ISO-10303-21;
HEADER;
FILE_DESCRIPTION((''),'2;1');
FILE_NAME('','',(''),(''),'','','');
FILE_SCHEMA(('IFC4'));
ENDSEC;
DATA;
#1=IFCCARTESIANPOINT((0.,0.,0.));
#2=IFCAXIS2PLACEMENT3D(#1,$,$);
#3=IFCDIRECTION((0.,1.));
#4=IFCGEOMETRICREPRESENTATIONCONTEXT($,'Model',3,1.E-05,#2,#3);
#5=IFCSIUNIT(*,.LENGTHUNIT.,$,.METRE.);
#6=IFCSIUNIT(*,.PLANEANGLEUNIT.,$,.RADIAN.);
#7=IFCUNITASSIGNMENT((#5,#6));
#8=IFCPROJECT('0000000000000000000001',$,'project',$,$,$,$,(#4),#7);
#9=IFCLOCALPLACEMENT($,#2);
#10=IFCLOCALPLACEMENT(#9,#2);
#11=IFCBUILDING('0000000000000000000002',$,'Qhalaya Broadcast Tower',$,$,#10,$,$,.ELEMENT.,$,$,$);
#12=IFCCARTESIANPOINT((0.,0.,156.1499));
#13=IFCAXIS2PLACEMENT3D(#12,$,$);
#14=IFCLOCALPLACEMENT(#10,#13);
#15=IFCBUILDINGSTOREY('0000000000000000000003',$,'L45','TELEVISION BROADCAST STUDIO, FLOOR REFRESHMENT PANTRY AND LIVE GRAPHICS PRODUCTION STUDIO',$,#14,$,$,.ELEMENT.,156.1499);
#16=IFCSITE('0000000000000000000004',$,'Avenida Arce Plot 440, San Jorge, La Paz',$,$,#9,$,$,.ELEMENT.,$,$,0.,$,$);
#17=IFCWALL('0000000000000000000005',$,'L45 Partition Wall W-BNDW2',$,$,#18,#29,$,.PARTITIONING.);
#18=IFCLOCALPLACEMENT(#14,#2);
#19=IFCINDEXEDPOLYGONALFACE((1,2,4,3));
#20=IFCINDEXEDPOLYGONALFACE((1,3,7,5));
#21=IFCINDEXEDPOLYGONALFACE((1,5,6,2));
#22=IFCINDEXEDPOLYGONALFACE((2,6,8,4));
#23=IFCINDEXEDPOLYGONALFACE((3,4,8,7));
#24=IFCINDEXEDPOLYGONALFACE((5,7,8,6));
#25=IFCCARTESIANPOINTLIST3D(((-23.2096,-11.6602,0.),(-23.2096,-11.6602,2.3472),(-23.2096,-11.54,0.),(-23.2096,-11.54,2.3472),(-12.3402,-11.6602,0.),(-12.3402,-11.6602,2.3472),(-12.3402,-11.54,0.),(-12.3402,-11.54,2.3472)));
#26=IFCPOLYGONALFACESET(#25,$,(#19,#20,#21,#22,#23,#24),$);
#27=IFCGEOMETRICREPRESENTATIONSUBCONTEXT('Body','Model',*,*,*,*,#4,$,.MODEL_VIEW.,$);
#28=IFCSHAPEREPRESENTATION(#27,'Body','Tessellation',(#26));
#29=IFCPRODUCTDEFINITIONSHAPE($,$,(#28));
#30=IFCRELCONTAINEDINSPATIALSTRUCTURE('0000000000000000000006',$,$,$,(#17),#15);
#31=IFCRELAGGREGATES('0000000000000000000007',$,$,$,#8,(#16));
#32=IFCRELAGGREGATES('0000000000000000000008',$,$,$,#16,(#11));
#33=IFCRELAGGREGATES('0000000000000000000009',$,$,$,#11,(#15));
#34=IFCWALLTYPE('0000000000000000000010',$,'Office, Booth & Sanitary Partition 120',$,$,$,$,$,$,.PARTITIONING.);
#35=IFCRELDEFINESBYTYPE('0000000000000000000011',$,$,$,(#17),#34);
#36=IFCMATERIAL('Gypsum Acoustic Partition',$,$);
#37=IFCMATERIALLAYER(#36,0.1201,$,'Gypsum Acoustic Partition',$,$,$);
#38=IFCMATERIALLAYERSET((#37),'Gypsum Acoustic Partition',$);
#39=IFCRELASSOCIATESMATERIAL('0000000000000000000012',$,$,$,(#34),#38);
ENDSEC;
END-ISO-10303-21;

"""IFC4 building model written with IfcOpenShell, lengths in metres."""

from ifc_helpers import new_model, si_unit, direction, frame, frame_2d, origin, place, context, subcontext, project, spatial, rectangle, extrude, material, layer, layer_set, type_object, element, save


model = new_model("IFC4")

# Units and contexts
model_context = context("Model", 3, precision=1e-05, world=origin(), true_north=direction((0.0, 1.0)))
body_context = subcontext(model_context, "Body", "Model", "MODEL_VIEW")
ifc_project = project(units=[si_unit("LENGTHUNIT", "METRE"), si_unit("PLANEANGLEUNIT", "RADIAN")], contexts=[model_context])

# Site, building, storey
site_placement = place(None, origin())
site = spatial("IfcSite", under=ifc_project, at=site_placement, Name="Avenida Arce Plot 440, San Jorge, La Paz", CompositionType="ELEMENT", RefElevation=0.0)
building_placement = place(site_placement, origin())
building = spatial("IfcBuilding", under=site, at=building_placement, Name="Qhalaya Broadcast Tower", CompositionType="ELEMENT")
storey_placement = place(building_placement, frame((0.0, 0.0, 156.1499)))
storey = spatial("IfcBuildingStorey", under=building, at=storey_placement, Name="L45", Description="TELEVISION BROADCAST STUDIO, FLOOR REFRESHMENT PANTRY AND LIVE GRAPHICS PRODUCTION STUDIO", CompositionType="ELEMENT", Elevation=156.1499)

# Wall
ifc_material_1 = material(Name="Gypsum Acoustic Partition")
ifc_layer_1 = layer(ifc_material_1, 0.1201, Name="Gypsum Acoustic Partition")
ifc_layer_set_1 = layer_set([ifc_layer_1], Name="Gypsum Acoustic Partition")
wall_type_1 = type_object("IfcWallType", Name="Office, Booth & Sanitary Partition 120", PredefinedType="PARTITIONING", material=ifc_layer_set_1)
wall_1_placement = place(storey_placement, frame((-23.2095, -11.6001, 0.0), z_axis=(0.0, 0.0, 1.0), x_axis=(1.0, 0.0, 0.0)))
element("IfcWall", 1, at=wall_1_placement, inside=storey, type_object=wall_type_1, Name="L45 Partition Wall W-BNDW2", PredefinedType="PARTITIONING", context=body_context, shape_type="SweptSolid", body=[
    extrude(rectangle(XDim=10.8694, YDim=0.1201, at=frame_2d((5.4346, 0.0))), origin(), (0.0, 0.0, 1.0), 2.3472),
])

save(model, "model.ifc")
